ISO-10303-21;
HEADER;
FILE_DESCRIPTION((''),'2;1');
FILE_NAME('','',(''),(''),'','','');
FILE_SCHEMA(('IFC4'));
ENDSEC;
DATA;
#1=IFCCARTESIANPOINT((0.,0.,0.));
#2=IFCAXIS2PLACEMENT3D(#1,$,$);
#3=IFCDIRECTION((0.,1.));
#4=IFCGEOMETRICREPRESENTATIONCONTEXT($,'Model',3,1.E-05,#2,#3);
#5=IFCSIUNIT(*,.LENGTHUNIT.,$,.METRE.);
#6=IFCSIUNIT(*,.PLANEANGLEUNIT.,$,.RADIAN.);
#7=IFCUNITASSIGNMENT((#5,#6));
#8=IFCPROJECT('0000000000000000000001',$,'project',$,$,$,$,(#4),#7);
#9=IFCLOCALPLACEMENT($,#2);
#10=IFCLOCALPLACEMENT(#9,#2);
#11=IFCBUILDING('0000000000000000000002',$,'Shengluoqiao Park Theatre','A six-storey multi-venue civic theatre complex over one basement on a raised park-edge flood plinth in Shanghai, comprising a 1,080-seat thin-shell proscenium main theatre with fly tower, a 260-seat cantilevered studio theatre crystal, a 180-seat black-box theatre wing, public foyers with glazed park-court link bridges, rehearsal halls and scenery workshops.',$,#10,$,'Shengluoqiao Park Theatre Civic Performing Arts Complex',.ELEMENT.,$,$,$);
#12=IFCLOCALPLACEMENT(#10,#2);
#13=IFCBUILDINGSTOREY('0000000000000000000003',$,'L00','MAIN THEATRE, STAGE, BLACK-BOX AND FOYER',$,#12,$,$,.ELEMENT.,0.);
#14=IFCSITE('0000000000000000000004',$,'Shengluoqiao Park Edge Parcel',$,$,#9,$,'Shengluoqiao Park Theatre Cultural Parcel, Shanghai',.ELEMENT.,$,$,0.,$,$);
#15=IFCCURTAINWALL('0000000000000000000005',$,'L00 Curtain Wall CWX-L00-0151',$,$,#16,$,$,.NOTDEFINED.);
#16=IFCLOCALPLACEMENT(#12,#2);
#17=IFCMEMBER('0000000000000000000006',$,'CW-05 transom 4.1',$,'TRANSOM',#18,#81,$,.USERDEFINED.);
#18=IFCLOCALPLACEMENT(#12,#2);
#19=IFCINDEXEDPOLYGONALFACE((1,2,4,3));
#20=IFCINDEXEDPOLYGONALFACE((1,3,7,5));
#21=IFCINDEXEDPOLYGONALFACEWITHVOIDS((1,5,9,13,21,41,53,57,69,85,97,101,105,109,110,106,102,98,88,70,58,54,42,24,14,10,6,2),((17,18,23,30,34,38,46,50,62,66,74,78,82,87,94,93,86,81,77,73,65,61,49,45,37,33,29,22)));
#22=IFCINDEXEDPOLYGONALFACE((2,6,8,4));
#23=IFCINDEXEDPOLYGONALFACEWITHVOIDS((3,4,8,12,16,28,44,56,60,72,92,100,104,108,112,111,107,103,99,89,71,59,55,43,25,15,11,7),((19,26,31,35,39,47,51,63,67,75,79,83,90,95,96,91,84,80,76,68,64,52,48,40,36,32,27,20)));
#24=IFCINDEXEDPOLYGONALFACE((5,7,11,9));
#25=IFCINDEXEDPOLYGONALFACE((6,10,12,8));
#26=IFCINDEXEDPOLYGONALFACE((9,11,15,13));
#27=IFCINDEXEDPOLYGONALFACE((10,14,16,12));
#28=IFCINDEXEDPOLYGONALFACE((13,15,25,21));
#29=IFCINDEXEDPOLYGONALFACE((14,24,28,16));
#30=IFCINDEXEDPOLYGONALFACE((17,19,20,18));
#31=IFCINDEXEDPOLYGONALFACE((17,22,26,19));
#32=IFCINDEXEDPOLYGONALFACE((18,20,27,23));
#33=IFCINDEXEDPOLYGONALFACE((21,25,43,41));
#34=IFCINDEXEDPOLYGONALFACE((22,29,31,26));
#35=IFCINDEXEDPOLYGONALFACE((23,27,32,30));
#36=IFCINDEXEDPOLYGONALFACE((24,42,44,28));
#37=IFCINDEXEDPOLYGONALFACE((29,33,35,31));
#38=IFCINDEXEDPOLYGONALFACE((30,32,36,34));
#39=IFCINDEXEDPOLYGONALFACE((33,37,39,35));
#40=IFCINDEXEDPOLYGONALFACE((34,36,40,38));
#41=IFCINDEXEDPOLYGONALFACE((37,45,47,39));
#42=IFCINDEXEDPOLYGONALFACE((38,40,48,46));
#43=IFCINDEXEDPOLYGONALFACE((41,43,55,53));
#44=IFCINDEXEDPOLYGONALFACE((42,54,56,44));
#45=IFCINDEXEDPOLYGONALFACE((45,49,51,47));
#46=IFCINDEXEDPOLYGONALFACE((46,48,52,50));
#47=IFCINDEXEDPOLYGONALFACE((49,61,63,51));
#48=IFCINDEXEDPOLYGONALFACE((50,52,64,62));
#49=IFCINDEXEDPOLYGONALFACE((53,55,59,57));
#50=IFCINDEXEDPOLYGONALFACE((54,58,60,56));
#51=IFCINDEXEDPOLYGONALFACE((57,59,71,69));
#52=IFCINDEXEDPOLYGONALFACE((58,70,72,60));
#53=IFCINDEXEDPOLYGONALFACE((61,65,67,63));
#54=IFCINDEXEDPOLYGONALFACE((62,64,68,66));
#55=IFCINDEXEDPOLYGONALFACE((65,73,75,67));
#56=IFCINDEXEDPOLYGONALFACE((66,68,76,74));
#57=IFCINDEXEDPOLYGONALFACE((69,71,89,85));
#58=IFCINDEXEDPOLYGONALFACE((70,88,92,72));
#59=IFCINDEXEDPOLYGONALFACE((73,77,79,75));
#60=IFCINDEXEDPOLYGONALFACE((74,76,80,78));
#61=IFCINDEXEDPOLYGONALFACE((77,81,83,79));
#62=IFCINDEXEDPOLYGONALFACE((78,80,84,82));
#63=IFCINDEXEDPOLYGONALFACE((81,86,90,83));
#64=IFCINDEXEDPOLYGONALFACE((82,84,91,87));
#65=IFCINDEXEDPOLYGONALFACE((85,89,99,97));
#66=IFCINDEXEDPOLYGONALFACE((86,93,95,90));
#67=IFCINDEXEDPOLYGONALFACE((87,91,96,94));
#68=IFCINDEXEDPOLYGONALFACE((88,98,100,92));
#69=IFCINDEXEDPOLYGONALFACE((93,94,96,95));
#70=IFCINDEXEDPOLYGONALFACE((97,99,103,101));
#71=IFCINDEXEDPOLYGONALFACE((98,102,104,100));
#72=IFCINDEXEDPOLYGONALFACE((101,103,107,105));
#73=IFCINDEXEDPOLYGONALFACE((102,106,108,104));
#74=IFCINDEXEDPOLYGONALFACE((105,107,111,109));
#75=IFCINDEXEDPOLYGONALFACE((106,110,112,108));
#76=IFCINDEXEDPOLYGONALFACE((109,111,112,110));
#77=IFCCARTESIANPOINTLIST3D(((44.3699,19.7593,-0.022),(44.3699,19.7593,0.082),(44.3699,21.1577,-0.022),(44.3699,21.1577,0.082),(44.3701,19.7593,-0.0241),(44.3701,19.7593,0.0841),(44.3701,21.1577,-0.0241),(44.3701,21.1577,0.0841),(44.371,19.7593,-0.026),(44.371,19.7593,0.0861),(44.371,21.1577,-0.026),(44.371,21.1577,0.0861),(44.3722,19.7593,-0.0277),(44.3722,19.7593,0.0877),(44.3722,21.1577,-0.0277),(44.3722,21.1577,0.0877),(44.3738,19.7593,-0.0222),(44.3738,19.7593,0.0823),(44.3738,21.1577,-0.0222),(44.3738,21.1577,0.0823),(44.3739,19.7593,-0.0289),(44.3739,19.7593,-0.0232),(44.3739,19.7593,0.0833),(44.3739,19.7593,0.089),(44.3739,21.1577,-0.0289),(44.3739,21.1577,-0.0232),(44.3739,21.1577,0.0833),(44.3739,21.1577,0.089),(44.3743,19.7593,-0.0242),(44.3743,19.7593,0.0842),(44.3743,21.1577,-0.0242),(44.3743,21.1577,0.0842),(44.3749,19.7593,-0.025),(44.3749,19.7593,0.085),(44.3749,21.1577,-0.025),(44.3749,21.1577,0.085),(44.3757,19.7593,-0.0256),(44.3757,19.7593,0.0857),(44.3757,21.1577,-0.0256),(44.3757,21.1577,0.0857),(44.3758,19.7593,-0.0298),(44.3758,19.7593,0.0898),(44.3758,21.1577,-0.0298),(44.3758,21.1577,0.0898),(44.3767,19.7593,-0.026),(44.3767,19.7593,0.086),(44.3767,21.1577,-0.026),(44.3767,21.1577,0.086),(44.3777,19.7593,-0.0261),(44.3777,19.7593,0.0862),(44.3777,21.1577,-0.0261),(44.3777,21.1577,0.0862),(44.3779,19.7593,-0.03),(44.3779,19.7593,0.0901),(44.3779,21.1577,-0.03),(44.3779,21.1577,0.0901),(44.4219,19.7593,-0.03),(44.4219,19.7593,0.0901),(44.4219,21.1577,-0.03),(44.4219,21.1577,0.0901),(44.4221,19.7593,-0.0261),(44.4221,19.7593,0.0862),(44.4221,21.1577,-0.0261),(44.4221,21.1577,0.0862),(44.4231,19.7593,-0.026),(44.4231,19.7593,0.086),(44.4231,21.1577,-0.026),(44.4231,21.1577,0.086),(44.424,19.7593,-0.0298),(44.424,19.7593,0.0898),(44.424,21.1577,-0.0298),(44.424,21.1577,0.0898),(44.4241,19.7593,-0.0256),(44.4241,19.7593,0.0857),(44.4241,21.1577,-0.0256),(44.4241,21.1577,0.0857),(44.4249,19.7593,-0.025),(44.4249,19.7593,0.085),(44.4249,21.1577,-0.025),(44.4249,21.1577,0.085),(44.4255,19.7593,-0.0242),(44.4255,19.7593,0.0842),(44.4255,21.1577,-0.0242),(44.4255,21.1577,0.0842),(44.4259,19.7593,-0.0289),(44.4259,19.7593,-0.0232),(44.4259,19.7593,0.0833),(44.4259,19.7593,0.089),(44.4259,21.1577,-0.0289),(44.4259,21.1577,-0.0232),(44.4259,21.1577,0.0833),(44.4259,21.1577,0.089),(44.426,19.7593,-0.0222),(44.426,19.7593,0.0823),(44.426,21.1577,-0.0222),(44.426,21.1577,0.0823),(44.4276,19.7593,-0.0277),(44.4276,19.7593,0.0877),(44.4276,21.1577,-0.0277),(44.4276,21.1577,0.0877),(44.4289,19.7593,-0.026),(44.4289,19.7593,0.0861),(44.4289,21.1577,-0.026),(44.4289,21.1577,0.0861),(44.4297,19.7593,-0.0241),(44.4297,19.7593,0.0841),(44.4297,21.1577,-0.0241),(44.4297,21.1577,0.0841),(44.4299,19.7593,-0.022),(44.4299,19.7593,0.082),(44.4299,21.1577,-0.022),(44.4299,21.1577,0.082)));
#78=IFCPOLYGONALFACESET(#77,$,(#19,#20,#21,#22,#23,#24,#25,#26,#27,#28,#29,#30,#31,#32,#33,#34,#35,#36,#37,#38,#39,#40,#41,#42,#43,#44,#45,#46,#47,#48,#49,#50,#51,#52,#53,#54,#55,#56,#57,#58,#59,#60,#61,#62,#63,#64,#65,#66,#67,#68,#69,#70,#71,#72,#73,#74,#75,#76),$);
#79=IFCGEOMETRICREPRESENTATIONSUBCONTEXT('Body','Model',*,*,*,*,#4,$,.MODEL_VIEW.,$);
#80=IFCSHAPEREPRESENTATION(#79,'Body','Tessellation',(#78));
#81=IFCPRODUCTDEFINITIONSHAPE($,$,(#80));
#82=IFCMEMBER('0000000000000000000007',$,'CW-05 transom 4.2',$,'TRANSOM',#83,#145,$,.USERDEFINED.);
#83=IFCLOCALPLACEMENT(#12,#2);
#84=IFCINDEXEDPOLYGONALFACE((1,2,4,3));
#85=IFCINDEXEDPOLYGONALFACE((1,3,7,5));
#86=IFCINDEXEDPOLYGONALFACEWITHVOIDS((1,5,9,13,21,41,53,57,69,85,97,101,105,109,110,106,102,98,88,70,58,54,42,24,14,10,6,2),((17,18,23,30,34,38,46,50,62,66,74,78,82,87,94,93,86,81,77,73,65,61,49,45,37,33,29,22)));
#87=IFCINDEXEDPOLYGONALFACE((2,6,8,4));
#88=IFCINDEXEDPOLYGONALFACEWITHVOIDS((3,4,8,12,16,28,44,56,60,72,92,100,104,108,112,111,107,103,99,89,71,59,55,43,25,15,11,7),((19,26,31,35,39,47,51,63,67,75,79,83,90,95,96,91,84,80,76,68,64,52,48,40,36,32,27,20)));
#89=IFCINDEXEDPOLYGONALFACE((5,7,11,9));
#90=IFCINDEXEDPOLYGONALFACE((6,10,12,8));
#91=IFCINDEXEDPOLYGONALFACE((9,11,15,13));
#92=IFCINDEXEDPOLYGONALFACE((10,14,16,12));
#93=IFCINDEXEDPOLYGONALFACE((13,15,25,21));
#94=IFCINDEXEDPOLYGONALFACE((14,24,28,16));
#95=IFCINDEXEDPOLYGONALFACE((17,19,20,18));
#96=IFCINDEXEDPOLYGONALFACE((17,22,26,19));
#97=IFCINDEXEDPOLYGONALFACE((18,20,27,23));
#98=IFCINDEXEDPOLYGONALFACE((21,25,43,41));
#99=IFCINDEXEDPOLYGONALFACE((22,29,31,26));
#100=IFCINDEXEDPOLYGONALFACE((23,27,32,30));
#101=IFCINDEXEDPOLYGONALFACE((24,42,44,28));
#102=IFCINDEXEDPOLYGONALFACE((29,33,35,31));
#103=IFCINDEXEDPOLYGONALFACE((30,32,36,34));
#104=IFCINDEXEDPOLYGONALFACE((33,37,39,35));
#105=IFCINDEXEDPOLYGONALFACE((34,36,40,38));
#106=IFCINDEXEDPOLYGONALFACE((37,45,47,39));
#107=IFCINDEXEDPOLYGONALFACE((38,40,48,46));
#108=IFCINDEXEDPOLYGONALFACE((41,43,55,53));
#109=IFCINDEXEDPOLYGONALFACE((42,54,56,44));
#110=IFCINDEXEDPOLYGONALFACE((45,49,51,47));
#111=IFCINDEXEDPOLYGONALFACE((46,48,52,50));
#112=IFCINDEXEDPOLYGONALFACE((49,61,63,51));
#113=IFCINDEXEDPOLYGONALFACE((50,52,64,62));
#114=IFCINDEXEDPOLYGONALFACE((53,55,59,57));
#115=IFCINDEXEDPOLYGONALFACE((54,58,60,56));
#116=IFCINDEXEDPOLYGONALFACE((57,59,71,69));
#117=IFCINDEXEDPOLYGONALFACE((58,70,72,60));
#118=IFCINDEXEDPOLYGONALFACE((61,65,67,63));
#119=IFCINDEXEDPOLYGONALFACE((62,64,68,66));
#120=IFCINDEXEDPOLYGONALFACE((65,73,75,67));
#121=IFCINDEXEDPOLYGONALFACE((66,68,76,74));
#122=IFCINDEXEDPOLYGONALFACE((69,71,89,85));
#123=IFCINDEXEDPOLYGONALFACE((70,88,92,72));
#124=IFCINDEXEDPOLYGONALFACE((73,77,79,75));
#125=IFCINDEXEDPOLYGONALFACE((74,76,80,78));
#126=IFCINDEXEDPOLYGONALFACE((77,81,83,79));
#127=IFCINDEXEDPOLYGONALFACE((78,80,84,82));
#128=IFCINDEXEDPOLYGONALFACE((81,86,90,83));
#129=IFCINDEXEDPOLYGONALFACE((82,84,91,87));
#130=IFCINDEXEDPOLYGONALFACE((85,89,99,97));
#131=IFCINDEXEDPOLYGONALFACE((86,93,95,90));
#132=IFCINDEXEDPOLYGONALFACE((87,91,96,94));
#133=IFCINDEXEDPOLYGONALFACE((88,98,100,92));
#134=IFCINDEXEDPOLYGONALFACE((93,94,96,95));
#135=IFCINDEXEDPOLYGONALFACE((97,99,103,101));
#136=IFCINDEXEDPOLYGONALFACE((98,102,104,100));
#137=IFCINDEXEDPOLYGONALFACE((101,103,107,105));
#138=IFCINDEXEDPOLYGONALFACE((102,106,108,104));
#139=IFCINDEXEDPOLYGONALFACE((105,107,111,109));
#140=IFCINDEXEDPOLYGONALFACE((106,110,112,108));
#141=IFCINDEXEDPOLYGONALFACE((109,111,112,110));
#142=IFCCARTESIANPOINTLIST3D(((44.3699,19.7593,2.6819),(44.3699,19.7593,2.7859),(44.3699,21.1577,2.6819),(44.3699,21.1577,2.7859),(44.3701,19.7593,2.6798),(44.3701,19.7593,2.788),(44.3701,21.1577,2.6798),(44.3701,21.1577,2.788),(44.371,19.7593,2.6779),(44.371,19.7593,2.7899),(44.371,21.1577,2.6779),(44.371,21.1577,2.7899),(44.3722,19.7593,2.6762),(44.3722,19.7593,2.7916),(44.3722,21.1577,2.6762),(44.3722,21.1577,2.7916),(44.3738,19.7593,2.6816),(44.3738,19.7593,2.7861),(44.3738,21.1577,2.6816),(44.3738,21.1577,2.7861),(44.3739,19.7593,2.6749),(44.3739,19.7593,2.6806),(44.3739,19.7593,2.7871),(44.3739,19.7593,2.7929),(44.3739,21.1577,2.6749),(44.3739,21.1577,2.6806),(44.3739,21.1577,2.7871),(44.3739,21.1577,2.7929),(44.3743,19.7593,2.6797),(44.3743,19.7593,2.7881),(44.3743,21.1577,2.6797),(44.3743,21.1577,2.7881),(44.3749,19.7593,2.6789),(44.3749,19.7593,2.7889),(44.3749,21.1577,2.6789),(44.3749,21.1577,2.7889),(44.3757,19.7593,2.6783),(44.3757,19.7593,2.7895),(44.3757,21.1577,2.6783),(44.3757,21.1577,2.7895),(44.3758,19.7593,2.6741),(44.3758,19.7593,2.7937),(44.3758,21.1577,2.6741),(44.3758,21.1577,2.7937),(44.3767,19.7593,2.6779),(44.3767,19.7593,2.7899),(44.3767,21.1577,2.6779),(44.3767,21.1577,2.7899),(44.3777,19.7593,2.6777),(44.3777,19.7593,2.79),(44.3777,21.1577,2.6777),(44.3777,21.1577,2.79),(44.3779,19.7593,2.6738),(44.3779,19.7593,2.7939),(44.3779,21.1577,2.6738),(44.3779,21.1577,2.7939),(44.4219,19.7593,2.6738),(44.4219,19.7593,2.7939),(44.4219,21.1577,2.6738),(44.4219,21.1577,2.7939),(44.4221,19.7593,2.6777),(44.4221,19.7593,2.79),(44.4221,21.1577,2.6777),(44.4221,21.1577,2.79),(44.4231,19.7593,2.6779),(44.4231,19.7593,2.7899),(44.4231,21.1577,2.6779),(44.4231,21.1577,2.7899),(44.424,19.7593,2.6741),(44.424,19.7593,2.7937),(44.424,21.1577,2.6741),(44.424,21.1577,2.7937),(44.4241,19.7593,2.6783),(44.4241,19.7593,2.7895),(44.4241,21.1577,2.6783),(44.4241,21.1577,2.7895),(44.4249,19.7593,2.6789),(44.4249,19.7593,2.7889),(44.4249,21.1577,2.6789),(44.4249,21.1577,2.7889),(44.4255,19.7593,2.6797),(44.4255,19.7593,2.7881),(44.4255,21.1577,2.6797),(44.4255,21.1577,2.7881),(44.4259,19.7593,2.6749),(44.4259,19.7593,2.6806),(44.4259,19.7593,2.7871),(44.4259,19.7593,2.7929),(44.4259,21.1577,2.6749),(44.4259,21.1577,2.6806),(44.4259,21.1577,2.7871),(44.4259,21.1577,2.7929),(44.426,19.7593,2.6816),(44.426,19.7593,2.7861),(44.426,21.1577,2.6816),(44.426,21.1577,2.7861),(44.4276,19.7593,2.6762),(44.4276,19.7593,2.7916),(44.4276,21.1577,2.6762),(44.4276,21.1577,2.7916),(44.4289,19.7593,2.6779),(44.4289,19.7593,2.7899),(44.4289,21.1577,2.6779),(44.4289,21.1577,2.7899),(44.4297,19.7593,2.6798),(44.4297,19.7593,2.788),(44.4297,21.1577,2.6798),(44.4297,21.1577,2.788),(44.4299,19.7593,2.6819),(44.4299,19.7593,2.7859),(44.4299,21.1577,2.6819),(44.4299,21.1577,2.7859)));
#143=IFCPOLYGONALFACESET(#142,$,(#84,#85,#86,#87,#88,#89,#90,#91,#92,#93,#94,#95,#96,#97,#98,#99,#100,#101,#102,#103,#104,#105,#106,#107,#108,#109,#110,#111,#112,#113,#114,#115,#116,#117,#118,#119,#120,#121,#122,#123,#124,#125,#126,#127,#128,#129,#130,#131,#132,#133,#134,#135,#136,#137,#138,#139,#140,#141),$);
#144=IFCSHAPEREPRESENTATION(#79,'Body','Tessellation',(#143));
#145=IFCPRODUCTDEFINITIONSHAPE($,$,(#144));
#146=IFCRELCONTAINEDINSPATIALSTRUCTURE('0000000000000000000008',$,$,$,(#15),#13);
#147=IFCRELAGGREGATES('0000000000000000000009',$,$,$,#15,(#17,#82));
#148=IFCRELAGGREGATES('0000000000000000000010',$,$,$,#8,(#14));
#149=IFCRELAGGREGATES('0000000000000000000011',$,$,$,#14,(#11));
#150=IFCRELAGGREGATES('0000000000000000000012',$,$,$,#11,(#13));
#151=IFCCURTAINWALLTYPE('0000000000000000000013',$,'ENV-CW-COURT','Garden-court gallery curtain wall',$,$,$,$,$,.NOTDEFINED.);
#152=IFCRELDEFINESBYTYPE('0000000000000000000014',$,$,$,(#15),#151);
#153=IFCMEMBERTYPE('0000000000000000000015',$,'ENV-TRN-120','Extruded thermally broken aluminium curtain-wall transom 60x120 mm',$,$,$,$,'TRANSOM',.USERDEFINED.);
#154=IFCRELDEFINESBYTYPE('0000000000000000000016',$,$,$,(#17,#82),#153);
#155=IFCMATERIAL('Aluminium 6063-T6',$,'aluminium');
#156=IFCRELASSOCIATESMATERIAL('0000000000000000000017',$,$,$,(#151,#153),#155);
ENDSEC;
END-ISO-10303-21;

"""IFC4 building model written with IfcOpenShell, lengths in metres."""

from ifc_helpers import new_model, si_unit, direction, frame, origin, origin_2d, place, context, subcontext, project, spatial, hollow_rectangle, extrude, material, material_profile, profile_set, type_object, element, aggregate, save


model = new_model("IFC4")

# Units and contexts
model_context = context("Model", 3, precision=1e-05, world=origin(), true_north=direction((0.0, 1.0)))
body_context = subcontext(model_context, "Body", "Model", "MODEL_VIEW")
ifc_project = project(units=[si_unit("LENGTHUNIT", "METRE"), si_unit("PLANEANGLEUNIT", "RADIAN")], contexts=[model_context])

# Site, building, storey
site_placement = place(None, origin())
site = spatial("IfcSite", under=ifc_project, at=site_placement, Name="Shengluoqiao Park Edge Parcel", LongName="Shengluoqiao Park Theatre Cultural Parcel, Shanghai", CompositionType="ELEMENT", RefElevation=0.0)
building_placement = place(site_placement, origin())
building = spatial("IfcBuilding", under=site, at=building_placement, Name="Shengluoqiao Park Theatre", Description="A six-storey multi-venue civic theatre complex over one basement on a raised park-edge flood plinth in Shanghai, comprising a 1,080-seat thin-shell proscenium main theatre with fly tower, a 260-seat cantilevered studio theatre crystal, a 180-seat black-box theatre wing, public foyers with glazed park-court link bridges, rehearsal halls and scenery workshops.", LongName="Shengluoqiao Park Theatre Civic Performing Arts Complex", CompositionType="ELEMENT")
storey_placement = place(building_placement, origin())
storey = spatial("IfcBuildingStorey", under=building, at=storey_placement, Name="L00", Description="MAIN THEATRE, STAGE, BLACK-BOX AND FOYER", CompositionType="ELEMENT", Elevation=0.0)

# Shared definitions
ifc_material_1 = material(Name="Aluminium 6063-T6", Category="aluminium")
curtain_wall_type = type_object("IfcCurtainWallType", Name="ENV-CW-COURT", Description="Garden-court gallery curtain wall", PredefinedType="NOTDEFINED", material=ifc_material_1)

# Curtain wall
curtain_wall_1_placement = place(storey_placement, origin())
curtain_wall_1 = element("IfcCurtainWall", 1, at=curtain_wall_1_placement, inside=storey, type_object=curtain_wall_type, Name="L00 Curtain Wall CWX-L00-0151", PredefinedType="NOTDEFINED")

# Members
ifc_material_profile_1 = material_profile(ifc_material_1, hollow_rectangle(XDim=0.0601, YDim=0.1201, WallThickness=0.0039, InnerFilletRadius=0.0039, OuterFilletRadius=0.0081, at=origin_2d()), Name="ALU TRANSOM 120x60x4")
ifc_profile_set_1 = profile_set([ifc_material_profile_1], Name="Aluminium 6063-T6")
member_type_1 = type_object("IfcMemberType", Name="ENV-TRN-120", Description="Extruded thermally broken aluminium curtain-wall transom 60x120 mm", ElementType="TRANSOM", PredefinedType="USERDEFINED", material=ifc_profile_set_1)
member_1_placement = place(storey_placement, frame((44.3999, 19.7593, 0.03), z_axis=(0.0, 1.0, 0.0), x_axis=(-1.0, 0.0, 0.0)))
member_1 = element("IfcMember", 2, at=member_1_placement, type_object=member_type_1, Name="CW-05 transom 4.1", ObjectType="TRANSOM", PredefinedType="USERDEFINED", context=body_context, shape_type="SweptSolid", body=[
    extrude(hollow_rectangle(XDim=0.0601, YDim=0.1201, WallThickness=0.0039, InnerFilletRadius=0.0039, OuterFilletRadius=0.0081, at=origin_2d()), origin(), (0.0, 0.0, 1.0), 1.3984),
])
member_2_placement = place(storey_placement, frame((44.3999, 19.7593, 2.7339), z_axis=(0.0, 1.0, 0.0), x_axis=(-1.0, 0.0, 0.0)))
member_2 = element("IfcMember", 3, at=member_2_placement, type_object=member_type_1, Name="CW-05 transom 4.2", ObjectType="TRANSOM", PredefinedType="USERDEFINED", context=body_context, shape_type="SweptSolid", body=[
    extrude(hollow_rectangle(XDim=0.0601, YDim=0.1201, WallThickness=0.0039, InnerFilletRadius=0.0039, OuterFilletRadius=0.0081, at=origin_2d()), origin(), (0.0, 0.0, 1.0), 1.3984),
])

aggregate(curtain_wall_1, [member_1, member_2])

save(model, "model.ifc")
